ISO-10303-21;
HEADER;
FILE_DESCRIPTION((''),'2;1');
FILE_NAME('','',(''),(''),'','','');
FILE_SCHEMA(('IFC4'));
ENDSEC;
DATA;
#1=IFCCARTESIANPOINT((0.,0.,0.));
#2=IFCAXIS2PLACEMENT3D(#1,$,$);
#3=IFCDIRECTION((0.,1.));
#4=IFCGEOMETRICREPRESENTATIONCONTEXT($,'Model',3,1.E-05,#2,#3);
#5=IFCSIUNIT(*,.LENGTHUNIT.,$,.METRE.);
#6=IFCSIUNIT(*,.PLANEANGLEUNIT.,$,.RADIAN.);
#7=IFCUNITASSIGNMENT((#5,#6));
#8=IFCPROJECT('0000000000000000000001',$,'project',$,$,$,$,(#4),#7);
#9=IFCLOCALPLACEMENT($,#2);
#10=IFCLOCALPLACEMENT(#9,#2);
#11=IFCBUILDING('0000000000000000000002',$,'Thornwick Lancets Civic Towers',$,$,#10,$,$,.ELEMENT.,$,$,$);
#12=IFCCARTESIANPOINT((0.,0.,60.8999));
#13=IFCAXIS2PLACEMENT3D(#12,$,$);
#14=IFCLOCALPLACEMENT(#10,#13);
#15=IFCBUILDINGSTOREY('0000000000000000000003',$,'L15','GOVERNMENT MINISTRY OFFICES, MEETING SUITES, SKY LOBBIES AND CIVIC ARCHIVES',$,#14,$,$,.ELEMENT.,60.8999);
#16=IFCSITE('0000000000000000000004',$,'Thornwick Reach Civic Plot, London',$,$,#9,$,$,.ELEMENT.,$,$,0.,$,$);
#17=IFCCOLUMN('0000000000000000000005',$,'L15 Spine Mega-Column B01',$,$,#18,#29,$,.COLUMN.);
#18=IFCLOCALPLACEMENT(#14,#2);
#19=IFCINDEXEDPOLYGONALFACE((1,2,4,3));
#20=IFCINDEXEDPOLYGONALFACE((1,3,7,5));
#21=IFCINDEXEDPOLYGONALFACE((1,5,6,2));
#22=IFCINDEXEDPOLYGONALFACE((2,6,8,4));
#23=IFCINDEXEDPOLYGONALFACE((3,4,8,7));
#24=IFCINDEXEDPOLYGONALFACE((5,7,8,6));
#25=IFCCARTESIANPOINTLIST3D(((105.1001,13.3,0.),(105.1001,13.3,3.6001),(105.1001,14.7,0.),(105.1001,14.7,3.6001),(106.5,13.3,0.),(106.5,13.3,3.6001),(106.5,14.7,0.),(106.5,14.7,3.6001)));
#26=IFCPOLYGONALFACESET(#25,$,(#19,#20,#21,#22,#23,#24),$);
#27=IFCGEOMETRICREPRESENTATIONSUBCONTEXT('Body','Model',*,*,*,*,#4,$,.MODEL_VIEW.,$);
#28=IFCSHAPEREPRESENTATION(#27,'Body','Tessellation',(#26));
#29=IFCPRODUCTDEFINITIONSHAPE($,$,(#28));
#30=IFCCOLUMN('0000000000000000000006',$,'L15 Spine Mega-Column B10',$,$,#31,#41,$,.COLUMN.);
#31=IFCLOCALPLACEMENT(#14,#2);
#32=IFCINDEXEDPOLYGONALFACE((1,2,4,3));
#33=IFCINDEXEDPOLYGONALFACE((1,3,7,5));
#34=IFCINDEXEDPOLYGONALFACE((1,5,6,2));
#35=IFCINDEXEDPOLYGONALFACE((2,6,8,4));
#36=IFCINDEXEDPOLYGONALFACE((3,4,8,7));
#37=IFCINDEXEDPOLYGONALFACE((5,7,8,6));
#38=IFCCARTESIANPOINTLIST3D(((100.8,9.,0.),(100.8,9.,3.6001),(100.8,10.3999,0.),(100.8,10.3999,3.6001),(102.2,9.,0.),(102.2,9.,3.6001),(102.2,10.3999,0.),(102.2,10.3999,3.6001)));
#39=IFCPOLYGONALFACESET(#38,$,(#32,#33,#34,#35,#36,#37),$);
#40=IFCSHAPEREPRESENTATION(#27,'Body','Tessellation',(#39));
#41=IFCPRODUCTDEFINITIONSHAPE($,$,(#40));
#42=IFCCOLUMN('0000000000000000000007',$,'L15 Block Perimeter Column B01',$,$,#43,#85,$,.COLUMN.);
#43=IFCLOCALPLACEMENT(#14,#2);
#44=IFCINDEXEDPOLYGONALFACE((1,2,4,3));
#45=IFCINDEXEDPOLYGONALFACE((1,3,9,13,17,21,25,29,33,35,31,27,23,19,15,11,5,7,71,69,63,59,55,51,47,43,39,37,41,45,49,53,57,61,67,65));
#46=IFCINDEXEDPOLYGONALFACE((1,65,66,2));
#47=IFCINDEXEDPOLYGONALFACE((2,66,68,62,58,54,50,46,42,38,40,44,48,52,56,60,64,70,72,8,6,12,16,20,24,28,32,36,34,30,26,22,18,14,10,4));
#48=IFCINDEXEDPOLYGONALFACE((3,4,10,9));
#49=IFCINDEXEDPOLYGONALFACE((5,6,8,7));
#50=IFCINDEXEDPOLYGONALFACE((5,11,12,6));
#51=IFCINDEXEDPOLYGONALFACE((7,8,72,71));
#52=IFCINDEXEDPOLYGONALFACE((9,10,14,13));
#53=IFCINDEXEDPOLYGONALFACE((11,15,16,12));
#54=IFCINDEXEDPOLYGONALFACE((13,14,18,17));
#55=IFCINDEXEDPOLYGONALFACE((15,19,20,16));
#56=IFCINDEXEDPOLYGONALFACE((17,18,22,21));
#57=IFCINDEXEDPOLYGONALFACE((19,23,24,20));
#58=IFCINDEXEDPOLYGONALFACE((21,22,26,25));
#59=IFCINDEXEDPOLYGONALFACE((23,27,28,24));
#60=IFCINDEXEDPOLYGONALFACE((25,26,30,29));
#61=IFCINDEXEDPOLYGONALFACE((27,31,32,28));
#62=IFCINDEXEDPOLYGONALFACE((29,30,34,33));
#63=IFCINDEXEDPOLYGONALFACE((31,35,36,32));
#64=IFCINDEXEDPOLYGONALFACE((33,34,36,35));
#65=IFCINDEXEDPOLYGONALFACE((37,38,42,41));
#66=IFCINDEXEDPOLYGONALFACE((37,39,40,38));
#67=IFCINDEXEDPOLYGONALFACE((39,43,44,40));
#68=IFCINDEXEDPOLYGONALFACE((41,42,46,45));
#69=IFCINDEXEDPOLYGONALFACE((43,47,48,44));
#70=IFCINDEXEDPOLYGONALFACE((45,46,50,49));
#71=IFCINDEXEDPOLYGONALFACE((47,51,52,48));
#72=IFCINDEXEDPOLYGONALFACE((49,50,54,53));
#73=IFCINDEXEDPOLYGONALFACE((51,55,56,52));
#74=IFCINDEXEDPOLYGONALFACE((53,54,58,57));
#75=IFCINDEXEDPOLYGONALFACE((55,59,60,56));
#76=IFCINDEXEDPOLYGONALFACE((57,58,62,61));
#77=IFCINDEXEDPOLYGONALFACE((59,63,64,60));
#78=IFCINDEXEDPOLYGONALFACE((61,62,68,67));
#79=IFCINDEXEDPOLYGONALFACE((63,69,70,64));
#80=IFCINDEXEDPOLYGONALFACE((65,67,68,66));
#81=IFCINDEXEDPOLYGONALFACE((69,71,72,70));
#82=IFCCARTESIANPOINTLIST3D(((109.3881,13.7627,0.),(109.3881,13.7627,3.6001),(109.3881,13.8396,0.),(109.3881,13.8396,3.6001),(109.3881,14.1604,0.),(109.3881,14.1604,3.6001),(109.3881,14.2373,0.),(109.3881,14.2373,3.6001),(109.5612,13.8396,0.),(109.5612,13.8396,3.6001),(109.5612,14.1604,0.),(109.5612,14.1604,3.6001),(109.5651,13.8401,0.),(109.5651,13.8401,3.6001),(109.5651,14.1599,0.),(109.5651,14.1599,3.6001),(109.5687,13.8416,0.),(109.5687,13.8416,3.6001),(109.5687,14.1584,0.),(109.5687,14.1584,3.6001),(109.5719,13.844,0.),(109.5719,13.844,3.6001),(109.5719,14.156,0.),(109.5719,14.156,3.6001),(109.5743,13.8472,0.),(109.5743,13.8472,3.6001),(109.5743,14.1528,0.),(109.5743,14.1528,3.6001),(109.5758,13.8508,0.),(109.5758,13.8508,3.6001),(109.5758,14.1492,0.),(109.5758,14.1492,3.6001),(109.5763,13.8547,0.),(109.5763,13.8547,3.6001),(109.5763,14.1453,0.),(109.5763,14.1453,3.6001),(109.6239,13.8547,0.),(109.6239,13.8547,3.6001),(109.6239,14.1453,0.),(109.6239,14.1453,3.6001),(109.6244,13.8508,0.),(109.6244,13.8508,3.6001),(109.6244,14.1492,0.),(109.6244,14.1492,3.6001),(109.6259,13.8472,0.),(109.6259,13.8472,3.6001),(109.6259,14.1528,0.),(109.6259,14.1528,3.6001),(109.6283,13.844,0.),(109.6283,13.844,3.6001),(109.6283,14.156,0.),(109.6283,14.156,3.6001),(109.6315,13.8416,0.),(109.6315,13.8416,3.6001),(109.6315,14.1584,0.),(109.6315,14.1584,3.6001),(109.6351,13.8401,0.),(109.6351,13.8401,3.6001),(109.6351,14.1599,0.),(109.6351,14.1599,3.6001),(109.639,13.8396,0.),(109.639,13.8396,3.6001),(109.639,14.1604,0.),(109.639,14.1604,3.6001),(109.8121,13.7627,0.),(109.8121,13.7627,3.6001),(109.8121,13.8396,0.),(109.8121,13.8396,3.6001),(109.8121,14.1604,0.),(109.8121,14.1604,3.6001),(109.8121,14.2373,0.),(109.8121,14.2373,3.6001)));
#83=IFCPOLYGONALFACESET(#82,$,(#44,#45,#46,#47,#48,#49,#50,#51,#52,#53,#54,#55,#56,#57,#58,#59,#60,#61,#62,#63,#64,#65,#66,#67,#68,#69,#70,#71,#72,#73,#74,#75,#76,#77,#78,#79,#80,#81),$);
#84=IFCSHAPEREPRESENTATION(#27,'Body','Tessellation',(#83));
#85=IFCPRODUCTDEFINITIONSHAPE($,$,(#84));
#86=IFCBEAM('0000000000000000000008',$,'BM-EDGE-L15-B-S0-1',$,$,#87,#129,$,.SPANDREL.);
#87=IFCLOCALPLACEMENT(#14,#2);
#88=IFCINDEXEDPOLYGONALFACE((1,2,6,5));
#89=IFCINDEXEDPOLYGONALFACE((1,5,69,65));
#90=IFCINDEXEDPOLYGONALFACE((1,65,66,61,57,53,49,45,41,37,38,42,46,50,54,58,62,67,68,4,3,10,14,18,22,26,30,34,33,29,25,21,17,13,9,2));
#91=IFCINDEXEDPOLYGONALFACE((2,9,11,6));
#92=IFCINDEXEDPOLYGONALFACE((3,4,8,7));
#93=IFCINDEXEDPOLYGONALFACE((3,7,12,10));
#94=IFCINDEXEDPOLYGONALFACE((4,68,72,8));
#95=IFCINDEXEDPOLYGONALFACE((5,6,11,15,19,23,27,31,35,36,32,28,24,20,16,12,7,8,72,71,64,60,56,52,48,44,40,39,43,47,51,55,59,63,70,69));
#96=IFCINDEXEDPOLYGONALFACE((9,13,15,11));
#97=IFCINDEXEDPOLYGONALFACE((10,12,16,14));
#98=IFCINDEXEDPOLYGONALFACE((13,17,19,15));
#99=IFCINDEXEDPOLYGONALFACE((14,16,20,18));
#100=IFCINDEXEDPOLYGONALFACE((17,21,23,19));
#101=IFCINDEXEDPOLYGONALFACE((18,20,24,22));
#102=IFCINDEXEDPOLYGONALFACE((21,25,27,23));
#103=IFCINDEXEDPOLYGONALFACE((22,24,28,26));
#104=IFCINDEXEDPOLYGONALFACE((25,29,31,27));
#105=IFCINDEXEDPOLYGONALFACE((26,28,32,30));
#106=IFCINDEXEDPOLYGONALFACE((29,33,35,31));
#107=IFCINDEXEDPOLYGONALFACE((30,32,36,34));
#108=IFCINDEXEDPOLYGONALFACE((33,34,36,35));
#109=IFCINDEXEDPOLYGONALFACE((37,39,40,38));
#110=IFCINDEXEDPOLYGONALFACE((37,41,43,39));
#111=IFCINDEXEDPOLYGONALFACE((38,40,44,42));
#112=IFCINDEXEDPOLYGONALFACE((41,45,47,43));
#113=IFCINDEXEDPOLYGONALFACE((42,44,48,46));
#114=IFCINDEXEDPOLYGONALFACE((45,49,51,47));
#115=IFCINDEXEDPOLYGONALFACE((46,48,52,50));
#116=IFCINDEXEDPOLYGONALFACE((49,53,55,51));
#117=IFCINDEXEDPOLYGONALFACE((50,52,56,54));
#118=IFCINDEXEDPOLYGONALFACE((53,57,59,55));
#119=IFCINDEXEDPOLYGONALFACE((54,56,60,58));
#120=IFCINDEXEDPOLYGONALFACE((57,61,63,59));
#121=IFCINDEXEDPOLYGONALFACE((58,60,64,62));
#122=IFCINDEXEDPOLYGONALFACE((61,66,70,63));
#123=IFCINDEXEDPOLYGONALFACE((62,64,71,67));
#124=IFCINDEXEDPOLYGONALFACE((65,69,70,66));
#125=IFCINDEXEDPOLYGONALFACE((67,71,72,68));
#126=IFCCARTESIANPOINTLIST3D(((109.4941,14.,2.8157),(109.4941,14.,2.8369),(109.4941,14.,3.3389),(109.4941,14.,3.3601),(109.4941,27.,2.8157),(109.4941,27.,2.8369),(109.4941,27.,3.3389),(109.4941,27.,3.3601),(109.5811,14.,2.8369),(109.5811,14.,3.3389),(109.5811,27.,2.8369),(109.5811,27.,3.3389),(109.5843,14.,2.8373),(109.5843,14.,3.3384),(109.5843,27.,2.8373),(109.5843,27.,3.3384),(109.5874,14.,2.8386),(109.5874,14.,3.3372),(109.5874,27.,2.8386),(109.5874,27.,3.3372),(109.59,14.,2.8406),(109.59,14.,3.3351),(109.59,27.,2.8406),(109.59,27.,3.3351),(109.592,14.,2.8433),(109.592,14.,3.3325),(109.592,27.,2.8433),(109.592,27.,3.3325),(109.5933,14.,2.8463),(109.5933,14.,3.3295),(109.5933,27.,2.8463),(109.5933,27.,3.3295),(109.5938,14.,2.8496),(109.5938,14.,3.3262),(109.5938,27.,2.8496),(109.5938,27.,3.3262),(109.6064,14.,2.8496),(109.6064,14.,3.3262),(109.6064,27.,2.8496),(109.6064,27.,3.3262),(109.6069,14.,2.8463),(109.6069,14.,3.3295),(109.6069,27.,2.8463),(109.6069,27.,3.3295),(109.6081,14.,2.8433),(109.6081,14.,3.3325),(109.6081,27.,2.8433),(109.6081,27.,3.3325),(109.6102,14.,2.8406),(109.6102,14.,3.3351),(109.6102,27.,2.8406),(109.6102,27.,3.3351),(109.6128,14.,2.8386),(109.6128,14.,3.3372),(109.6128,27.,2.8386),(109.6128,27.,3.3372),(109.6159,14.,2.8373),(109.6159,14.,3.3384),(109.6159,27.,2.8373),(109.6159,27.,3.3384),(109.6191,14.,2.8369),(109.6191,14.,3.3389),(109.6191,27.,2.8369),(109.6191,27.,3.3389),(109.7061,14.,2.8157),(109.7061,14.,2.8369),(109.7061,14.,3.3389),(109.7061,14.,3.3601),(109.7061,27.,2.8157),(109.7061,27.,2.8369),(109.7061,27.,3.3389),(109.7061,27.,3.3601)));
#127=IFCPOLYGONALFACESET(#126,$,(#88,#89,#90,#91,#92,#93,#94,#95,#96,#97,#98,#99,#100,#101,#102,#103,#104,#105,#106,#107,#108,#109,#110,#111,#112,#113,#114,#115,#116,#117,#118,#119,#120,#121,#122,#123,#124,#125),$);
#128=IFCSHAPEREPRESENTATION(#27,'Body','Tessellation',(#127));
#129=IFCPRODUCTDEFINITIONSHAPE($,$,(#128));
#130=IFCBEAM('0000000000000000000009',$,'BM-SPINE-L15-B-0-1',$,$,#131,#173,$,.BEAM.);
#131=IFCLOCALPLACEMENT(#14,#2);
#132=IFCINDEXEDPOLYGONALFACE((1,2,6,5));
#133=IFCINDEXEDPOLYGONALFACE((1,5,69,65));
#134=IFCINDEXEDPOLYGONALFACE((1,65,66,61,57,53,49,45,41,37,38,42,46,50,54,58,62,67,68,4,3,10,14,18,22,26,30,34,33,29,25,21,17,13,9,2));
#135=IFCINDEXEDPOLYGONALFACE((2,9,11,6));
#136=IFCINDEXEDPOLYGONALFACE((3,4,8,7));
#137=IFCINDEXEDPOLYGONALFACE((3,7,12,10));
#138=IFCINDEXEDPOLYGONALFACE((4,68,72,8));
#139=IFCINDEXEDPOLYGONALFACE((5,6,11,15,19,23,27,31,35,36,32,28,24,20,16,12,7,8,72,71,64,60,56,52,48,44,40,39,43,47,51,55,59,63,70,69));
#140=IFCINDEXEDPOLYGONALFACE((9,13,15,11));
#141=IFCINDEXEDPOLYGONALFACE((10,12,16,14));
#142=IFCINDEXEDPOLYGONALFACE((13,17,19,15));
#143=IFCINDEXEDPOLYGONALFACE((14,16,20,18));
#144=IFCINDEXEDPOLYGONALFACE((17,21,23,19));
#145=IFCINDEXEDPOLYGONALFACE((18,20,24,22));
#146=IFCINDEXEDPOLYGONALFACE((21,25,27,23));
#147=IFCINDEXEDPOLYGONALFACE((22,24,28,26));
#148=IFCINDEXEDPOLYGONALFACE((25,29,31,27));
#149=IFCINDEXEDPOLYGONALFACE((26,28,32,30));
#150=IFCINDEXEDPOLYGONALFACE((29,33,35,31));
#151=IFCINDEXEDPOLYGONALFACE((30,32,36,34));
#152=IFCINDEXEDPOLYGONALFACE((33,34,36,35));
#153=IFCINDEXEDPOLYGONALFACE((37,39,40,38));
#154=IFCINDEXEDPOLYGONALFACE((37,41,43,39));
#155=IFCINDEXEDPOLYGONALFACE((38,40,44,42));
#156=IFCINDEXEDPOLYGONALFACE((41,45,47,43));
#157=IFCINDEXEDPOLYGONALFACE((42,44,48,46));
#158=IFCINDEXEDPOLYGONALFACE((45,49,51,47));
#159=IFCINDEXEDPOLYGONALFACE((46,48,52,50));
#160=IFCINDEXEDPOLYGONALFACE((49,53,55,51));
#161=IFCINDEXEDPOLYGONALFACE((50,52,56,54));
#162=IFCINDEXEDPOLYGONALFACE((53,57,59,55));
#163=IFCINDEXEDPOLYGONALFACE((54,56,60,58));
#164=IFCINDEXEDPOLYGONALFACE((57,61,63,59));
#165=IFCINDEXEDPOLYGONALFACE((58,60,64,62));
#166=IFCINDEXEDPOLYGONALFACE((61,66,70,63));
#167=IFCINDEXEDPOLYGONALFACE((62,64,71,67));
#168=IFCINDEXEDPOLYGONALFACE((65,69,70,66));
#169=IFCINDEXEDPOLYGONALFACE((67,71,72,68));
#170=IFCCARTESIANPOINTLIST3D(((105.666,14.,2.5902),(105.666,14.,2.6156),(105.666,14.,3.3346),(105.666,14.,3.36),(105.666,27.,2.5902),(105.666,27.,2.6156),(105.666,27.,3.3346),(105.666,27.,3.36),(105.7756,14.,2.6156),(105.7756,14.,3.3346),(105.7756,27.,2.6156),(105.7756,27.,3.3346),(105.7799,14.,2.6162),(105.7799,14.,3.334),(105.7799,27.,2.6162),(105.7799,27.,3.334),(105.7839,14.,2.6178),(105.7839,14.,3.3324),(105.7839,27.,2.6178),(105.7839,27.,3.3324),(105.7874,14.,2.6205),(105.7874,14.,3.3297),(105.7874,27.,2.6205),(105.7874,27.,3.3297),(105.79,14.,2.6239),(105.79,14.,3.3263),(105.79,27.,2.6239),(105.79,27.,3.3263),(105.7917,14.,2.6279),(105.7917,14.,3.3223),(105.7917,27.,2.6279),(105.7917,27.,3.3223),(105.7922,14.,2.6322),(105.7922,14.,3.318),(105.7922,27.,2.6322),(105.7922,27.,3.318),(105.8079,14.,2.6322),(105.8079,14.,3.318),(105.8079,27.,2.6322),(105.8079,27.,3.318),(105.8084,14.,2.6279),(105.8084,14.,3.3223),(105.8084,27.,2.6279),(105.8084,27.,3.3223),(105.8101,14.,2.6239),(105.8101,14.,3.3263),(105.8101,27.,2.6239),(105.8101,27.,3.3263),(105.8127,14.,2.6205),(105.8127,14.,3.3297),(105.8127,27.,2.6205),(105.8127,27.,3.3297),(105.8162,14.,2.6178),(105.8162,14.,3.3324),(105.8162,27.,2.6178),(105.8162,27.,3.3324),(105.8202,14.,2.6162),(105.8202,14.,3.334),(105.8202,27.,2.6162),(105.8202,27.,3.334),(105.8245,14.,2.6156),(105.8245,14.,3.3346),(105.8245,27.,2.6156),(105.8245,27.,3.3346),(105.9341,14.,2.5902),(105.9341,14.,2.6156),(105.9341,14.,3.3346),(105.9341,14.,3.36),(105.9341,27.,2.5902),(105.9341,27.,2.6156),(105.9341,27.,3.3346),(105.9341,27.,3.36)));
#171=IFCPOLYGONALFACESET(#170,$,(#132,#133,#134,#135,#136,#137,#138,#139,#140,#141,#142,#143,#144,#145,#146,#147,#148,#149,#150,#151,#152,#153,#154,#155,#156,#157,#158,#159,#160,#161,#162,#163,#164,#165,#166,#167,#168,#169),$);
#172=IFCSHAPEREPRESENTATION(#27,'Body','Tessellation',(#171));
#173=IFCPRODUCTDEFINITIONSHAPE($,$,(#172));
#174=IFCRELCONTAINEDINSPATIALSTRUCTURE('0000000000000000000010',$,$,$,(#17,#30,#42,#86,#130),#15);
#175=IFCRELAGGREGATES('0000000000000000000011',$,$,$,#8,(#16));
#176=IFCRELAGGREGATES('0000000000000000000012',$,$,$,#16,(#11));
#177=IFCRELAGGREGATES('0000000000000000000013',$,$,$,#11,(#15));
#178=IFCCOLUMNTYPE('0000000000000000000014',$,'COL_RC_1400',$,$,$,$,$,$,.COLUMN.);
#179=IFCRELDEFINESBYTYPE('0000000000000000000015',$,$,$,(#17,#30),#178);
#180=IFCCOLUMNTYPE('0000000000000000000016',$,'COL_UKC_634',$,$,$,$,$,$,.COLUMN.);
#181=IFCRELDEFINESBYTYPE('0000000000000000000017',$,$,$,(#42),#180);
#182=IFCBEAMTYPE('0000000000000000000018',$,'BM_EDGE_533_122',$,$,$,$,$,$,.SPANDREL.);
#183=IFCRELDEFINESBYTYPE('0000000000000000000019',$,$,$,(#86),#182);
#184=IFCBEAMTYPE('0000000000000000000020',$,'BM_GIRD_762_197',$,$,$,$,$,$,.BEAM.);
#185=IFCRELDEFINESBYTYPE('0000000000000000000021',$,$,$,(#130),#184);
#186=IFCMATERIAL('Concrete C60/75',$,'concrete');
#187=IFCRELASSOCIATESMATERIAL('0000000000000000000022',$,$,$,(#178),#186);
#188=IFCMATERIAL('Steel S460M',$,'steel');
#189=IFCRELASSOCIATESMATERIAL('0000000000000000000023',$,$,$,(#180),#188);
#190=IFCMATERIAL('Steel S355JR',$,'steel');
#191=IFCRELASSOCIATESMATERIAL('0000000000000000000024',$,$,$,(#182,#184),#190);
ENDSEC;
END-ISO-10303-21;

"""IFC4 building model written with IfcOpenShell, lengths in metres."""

from ifc_helpers import new_model, si_unit, direction, frame, origin, origin_2d, place, context, subcontext, project, spatial, rectangle, i_section, extrude, material, material_profile, profile_set, type_object, element, save


model = new_model("IFC4")

# Units and contexts
model_context = context("Model", 3, precision=1e-05, world=origin(), true_north=direction((0.0, 1.0)))
body_context = subcontext(model_context, "Body", "Model", "MODEL_VIEW")
ifc_project = project(units=[si_unit("LENGTHUNIT", "METRE"), si_unit("PLANEANGLEUNIT", "RADIAN")], contexts=[model_context])

# Site, building, storey
site_placement = place(None, origin())
site = spatial("IfcSite", under=ifc_project, at=site_placement, Name="Thornwick Reach Civic Plot, London", CompositionType="ELEMENT", RefElevation=0.0)
building_placement = place(site_placement, origin())
building = spatial("IfcBuilding", under=site, at=building_placement, Name="Thornwick Lancets Civic Towers", CompositionType="ELEMENT")
storey_placement = place(building_placement, frame((0.0, 0.0, 60.8999)))
storey = spatial("IfcBuildingStorey", under=building, at=storey_placement, Name="L15", Description="GOVERNMENT MINISTRY OFFICES, MEETING SUITES, SKY LOBBIES AND CIVIC ARCHIVES", CompositionType="ELEMENT", Elevation=60.8999)

# Columns
ifc_material_1 = material(Name="Concrete C60/75", Category="concrete")
ifc_material_profile_1 = material_profile(ifc_material_1, rectangle(XDim=1.3999, YDim=1.3999, at=origin_2d()), Name="RC 1400x1400")
ifc_profile_set_1 = profile_set([ifc_material_profile_1], Name="Concrete C60/75")
column_type_1 = type_object("IfcColumnType", Name="COL_RC_1400", PredefinedType="COLUMN", material=ifc_profile_set_1)
for number, where, z_axis, x_axis, name in (
    (1, (105.8, 14.0, 0.0), (0.0, 0.0, 1.0), (1.0, 0.0, 0.0), "L15 Spine Mega-Column B01"),
    (2, (101.5, 9.7, 0.0), (0.0, 0.0, 1.0), (1.0, 0.0, 0.0), "L15 Spine Mega-Column B10"),
):
    element("IfcColumn", number, at=place(storey_placement, frame(where, z_axis=z_axis, x_axis=x_axis)), inside=storey, type_object=column_type_1, Name=name, PredefinedType="COLUMN", context=body_context, shape_type="SweptSolid", body=[
        extrude(rectangle(XDim=1.3999, YDim=1.3999, at=origin_2d()), origin(), (0.0, 0.0, 1.0), 3.6001),
    ])
ifc_material_2 = material(Name="Steel S460M", Category="steel")
ifc_material_profile_2 = material_profile(ifc_material_2, i_section(OverallWidth=0.4241, OverallDepth=0.4746, WebThickness=0.0476, FlangeThickness=0.0769, FilletRadius=0.0151, at=origin_2d()), Name="UKC 356x406x634")
ifc_profile_set_2 = profile_set([ifc_material_profile_2], Name="Steel S460M")
column_type_2 = type_object("IfcColumnType", Name="COL_UKC_634", PredefinedType="COLUMN", material=ifc_profile_set_2)
column_placement = place(storey_placement, frame((109.6001, 14.0, 0.0), z_axis=(0.0, 0.0, 1.0), x_axis=(1.0, 0.0, 0.0)))
element("IfcColumn", 3, at=column_placement, inside=storey, type_object=column_type_2, Name="L15 Block Perimeter Column B01", PredefinedType="COLUMN", context=body_context, shape_type="SweptSolid", body=[
    extrude(i_section(OverallWidth=0.4241, OverallDepth=0.4746, WebThickness=0.0476, FlangeThickness=0.0769, FilletRadius=0.0151, at=origin_2d()), origin(), (0.0, 0.0, 1.0), 3.6001),
])

# Beams
ifc_material_3 = material(Name="Steel S355JR", Category="steel")
ifc_material_profile_3 = material_profile(ifc_material_3, i_section(OverallWidth=0.2119, OverallDepth=0.5444, WebThickness=0.0127, FlangeThickness=0.0212, FilletRadius=0.0127, at=origin_2d()), Name="UKB 533x210x122")
ifc_profile_set_3 = profile_set([ifc_material_profile_3], Name="Steel S355JR")
beam_type_1 = type_object("IfcBeamType", Name="BM_EDGE_533_122", PredefinedType="SPANDREL", material=ifc_profile_set_3)
beam_1_placement = place(storey_placement, frame((109.6001, 14.0, 3.0879), z_axis=(0.0, 1.0, 0.0), x_axis=(-1.0, 0.0, 0.0)))
element("IfcBeam", 4, at=beam_1_placement, inside=storey, type_object=beam_type_1, Name="BM-EDGE-L15-B-S0-1", PredefinedType="SPANDREL", context=body_context, shape_type="SweptSolid", body=[
    extrude(i_section(OverallWidth=0.2119, OverallDepth=0.5444, WebThickness=0.0127, FlangeThickness=0.0212, FilletRadius=0.0127, at=origin_2d()), origin(), (0.0, 0.0, 1.0), 13.0),
])
ifc_material_profile_4 = material_profile(ifc_material_3, i_section(OverallWidth=0.2681, OverallDepth=0.7698, WebThickness=0.0156, FlangeThickness=0.0254, FilletRadius=0.0166, at=origin_2d()), Name="UKB 762x267x197")
ifc_profile_set_4 = profile_set([ifc_material_profile_4], Name="Steel S355JR")
beam_type_2 = type_object("IfcBeamType", Name="BM_GIRD_762_197", PredefinedType="BEAM", material=ifc_profile_set_4)
for number, where, z_axis, x_axis, name in (
    (5, (105.8, 14.0, 2.9751), (0.0, 1.0, 0.0), (-1.0, 0.0, 0.0), "BM-SPINE-L15-B-0-1"),
):
    element("IfcBeam", number, at=place(storey_placement, frame(where, z_axis=z_axis, x_axis=x_axis)), inside=storey, type_object=beam_type_2, Name=name, PredefinedType="BEAM", context=body_context, shape_type="SweptSolid", body=[
        extrude(i_section(OverallWidth=0.2681, OverallDepth=0.7698, WebThickness=0.0156, FlangeThickness=0.0254, FilletRadius=0.0166, at=origin_2d()), origin(), (0.0, 0.0, 1.0), 13.0),
    ])

save(model, "model.ifc")
